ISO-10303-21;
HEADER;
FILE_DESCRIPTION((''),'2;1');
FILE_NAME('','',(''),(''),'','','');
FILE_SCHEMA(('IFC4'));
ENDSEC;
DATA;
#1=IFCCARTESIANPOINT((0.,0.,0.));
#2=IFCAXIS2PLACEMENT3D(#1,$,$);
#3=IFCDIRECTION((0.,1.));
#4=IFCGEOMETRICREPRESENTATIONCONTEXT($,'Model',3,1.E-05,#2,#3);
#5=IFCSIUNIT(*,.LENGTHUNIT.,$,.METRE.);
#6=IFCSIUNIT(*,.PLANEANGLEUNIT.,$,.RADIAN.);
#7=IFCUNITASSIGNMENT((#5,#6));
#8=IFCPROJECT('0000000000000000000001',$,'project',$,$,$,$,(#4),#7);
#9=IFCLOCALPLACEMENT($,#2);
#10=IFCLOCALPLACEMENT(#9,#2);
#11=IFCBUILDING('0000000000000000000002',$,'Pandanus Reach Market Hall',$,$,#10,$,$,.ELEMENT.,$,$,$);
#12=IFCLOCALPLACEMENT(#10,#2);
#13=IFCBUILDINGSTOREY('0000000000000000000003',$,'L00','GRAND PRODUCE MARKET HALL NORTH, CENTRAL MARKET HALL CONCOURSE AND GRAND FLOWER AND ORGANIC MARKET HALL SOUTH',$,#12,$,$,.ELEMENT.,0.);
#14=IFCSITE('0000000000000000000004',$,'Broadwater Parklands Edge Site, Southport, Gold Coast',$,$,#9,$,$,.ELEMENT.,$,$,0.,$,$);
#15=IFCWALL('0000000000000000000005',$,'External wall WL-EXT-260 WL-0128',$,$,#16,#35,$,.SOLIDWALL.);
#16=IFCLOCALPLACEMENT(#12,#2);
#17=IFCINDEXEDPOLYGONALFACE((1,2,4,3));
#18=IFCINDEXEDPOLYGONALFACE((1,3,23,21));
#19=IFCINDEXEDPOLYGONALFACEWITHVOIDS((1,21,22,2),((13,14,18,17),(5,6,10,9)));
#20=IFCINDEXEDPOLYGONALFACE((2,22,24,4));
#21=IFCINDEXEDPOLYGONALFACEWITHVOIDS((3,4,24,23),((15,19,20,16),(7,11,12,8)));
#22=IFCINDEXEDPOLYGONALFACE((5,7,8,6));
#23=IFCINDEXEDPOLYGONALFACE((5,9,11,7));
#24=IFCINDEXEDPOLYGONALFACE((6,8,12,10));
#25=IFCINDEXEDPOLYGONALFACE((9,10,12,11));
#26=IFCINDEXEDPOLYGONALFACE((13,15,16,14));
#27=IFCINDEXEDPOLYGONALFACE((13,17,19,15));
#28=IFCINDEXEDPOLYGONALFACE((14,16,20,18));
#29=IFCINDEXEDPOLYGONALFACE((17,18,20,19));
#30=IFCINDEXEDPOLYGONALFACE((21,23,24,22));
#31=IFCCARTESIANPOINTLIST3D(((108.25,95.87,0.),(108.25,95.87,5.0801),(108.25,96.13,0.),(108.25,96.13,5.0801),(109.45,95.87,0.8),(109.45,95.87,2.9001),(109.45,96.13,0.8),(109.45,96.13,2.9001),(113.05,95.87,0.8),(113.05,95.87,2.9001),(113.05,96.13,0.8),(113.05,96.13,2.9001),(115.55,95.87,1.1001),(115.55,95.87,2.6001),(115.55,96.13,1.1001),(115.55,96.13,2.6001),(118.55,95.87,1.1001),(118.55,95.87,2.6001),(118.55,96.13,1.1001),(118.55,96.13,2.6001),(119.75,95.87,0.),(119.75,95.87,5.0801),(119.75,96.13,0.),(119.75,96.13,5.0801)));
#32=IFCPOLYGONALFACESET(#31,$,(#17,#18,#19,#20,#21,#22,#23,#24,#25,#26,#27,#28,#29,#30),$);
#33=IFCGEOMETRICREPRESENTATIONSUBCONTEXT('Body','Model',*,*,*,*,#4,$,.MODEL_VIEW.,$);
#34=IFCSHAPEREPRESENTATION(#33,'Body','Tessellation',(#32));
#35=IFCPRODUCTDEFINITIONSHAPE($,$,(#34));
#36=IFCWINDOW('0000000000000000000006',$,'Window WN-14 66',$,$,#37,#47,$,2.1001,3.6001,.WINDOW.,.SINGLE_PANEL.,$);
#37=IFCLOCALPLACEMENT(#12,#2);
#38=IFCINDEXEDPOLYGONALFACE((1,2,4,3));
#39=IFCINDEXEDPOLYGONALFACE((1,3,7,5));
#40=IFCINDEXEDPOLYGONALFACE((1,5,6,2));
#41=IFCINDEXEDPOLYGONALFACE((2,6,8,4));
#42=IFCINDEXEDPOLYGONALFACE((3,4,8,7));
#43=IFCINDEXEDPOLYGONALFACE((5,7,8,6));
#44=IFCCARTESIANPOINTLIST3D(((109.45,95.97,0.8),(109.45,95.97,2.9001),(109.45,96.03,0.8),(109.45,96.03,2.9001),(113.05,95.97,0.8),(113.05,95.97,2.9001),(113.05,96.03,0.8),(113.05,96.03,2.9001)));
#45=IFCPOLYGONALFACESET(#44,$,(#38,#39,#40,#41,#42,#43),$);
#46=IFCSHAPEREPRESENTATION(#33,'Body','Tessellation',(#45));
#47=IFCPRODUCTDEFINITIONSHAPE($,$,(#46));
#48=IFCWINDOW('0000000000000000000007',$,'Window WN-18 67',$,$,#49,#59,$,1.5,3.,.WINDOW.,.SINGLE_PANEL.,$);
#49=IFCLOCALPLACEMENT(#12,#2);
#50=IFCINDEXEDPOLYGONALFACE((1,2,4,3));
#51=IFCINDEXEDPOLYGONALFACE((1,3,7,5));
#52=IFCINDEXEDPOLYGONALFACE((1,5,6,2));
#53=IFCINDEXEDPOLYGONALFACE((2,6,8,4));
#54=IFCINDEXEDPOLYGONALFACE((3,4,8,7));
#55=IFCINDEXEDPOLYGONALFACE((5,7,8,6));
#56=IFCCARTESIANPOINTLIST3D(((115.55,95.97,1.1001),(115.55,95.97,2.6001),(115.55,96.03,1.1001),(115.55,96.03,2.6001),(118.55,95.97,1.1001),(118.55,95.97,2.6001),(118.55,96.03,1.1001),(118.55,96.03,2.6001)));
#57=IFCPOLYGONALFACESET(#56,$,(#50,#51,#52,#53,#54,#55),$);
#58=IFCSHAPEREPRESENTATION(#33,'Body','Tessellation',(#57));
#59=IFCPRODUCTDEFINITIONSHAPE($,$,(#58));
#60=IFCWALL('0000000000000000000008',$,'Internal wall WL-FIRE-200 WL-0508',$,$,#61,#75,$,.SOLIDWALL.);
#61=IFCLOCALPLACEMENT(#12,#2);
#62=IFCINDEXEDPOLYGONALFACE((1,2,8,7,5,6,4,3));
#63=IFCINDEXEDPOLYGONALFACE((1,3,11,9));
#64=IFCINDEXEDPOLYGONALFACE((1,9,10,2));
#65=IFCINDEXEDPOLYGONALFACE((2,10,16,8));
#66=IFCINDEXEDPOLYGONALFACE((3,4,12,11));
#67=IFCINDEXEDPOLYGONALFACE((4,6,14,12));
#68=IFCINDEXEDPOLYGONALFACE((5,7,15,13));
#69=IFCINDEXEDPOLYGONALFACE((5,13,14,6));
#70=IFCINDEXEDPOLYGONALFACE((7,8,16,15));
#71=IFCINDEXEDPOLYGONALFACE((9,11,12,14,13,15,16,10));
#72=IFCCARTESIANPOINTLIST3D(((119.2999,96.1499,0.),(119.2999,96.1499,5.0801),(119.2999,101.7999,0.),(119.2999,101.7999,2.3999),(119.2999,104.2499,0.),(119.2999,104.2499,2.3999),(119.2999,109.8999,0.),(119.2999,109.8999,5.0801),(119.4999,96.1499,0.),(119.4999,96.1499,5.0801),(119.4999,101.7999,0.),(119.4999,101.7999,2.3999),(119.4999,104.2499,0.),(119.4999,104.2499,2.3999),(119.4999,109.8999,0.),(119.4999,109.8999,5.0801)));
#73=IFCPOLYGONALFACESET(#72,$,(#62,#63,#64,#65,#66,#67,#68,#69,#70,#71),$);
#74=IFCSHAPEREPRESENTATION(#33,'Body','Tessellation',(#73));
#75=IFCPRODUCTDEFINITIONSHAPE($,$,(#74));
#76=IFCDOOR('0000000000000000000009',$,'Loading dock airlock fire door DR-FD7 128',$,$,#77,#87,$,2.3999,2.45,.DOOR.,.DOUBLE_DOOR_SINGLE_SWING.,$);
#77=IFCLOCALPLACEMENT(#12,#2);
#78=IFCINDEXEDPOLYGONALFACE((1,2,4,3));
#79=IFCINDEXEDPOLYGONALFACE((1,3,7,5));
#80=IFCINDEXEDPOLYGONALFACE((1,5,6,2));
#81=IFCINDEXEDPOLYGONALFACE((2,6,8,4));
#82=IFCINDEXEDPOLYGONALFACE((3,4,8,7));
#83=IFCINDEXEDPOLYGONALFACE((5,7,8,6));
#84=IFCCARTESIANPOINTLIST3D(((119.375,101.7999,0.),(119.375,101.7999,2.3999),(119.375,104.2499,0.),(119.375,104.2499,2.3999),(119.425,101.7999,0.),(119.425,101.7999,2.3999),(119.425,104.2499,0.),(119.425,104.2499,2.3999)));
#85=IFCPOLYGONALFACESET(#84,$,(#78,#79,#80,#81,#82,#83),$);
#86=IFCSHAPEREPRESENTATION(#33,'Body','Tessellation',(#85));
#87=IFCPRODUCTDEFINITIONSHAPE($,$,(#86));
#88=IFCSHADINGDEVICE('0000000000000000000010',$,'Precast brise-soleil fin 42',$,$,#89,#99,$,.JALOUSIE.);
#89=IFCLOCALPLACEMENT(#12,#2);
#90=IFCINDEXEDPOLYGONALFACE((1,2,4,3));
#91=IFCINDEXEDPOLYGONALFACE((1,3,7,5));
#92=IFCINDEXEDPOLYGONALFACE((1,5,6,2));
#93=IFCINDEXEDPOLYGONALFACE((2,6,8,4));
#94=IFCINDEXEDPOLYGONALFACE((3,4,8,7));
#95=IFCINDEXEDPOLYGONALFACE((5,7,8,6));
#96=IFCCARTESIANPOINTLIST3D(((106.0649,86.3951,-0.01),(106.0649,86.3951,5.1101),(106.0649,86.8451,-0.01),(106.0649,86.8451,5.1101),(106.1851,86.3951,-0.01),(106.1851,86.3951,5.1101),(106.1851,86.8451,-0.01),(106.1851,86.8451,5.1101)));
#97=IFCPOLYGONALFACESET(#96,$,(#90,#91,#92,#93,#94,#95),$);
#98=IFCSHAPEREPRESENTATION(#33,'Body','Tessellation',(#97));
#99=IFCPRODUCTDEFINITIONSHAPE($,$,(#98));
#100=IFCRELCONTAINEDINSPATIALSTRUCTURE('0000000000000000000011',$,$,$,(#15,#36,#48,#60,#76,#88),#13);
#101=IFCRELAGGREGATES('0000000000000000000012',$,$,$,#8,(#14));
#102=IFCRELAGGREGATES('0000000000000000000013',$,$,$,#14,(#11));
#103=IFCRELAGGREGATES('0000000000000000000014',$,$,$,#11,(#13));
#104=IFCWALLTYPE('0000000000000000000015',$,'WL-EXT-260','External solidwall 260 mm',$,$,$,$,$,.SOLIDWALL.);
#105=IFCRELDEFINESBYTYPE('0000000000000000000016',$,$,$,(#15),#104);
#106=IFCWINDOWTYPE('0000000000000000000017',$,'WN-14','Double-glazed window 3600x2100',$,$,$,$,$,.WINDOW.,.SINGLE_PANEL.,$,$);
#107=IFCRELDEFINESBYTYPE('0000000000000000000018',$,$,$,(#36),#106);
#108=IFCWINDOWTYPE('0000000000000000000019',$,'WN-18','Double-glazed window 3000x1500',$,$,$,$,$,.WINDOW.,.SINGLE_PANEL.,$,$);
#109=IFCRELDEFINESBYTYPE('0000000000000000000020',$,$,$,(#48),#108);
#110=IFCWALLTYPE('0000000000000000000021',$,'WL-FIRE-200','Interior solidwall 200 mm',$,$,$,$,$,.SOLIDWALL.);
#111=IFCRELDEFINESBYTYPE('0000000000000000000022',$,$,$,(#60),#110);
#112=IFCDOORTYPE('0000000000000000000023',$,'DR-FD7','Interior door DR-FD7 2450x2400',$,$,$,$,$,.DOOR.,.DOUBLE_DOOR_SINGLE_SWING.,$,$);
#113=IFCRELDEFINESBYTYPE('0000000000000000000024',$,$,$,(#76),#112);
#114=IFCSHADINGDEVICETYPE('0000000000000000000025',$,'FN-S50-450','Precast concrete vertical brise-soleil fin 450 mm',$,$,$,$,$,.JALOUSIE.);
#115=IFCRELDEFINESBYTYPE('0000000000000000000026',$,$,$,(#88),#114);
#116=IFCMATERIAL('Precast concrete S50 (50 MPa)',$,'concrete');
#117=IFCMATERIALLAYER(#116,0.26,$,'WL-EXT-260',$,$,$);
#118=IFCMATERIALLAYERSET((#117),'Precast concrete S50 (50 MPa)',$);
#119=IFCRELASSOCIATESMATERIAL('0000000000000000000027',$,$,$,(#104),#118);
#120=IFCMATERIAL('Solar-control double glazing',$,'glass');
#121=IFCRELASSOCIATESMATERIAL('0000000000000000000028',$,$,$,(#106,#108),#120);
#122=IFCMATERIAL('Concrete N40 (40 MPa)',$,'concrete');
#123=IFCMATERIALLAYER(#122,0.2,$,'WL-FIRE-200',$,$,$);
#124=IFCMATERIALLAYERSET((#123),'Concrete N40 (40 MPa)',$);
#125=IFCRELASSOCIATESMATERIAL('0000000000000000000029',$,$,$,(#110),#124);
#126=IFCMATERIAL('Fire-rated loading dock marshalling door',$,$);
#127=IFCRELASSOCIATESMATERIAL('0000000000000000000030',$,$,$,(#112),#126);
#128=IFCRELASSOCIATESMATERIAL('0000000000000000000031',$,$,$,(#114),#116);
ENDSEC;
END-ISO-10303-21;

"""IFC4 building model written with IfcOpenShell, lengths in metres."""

from ifc_helpers import new_model, si_unit, direction, frame, frame_2d, origin, origin_2d, place, context, subcontext, project, spatial, rectangle, extrude, material, layer, layer_set, type_object, element, fill, save


model = new_model("IFC4")

# Units and contexts
model_context = context("Model", 3, precision=1e-05, world=origin(), true_north=direction((0.0, 1.0)))
body_context = subcontext(model_context, "Body", "Model", "MODEL_VIEW")
ifc_project = project(units=[si_unit("LENGTHUNIT", "METRE"), si_unit("PLANEANGLEUNIT", "RADIAN")], contexts=[model_context])

# Site, building, storey
site_placement = place(None, origin())
site = spatial("IfcSite", under=ifc_project, at=site_placement, Name="Broadwater Parklands Edge Site, Southport, Gold Coast", CompositionType="ELEMENT", RefElevation=0.0)
building_placement = place(site_placement, origin())
building = spatial("IfcBuilding", under=site, at=building_placement, Name="Pandanus Reach Market Hall", CompositionType="ELEMENT")
storey_placement = place(building_placement, origin())
storey = spatial("IfcBuildingStorey", under=building, at=storey_placement, Name="L00", Description="GRAND PRODUCE MARKET HALL NORTH, CENTRAL MARKET HALL CONCOURSE AND GRAND FLOWER AND ORGANIC MARKET HALL SOUTH", CompositionType="ELEMENT", Elevation=0.0)

# Shared definitions
ifc_material_1 = material(Name="Concrete N40 (40 MPa)", Category="concrete")

# Shared definitions
ifc_material_2 = material(Name="Precast concrete S50 (50 MPa)", Category="concrete")

# Wall, openings, windows
ifc_layer_1 = layer(ifc_material_2, 0.26, Name="WL-EXT-260")
ifc_layer_set_1 = layer_set([ifc_layer_1], Name="Precast concrete S50 (50 MPa)")
wall_type_1 = type_object("IfcWallType", Name="WL-EXT-260", Description="External solidwall 260 mm", PredefinedType="SOLIDWALL", material=ifc_layer_set_1)
wall_1_placement = place(storey_placement, frame((108.25, 96.0, 0.0), z_axis=(0.0, 0.0, 1.0), x_axis=(1.0, 0.0, 0.0)))
wall_1 = element("IfcWall", 1, at=wall_1_placement, inside=storey, type_object=wall_type_1, Name="External wall WL-EXT-260 WL-0128", PredefinedType="SOLIDWALL", context=body_context, shape_type="SweptSolid", body=[
    extrude(rectangle(XDim=11.5, YDim=0.26, at=frame_2d((5.75, 0.0))), origin(), (0.0, 0.0, 1.0), 5.0801),
])
opening_1_placement = place(wall_1_placement, frame((1.2, 0.0, 0.8)))
opening_1 = element("IfcOpeningElement", 2, at=opening_1_placement, cuts=wall_1, PredefinedType="OPENING", context=body_context, shape_type="SweptSolid", body=[
    extrude(rectangle(XDim=3.6001, YDim=2.1001, at=frame_2d((1.8, 1.05))), frame((0.0, 0.145, 0.0), z_axis=(0.0, -1.0, 0.0), x_axis=(1.0, 0.0, 0.0)), (0.0, 0.0, 1.0), 0.29),
])
opening_2_placement = place(wall_1_placement, frame((7.3, 0.0, 1.1001)))
opening_2 = element("IfcOpeningElement", 3, at=opening_2_placement, cuts=wall_1, PredefinedType="OPENING", context=body_context, shape_type="SweptSolid", body=[
    extrude(rectangle(XDim=3.0, YDim=1.5, at=frame_2d((1.5, 0.75))), frame((0.0, 0.145, 0.0), z_axis=(0.0, -1.0, 0.0), x_axis=(1.0, 0.0, 0.0)), (0.0, 0.0, 1.0), 0.29),
])
ifc_material_3 = material(Name="Solar-control double glazing", Category="glass")
window_type_1 = type_object("IfcWindowType", Name="WN-14", Description="Double-glazed window 3600x2100", PartitioningType="SINGLE_PANEL", PredefinedType="WINDOW", material=ifc_material_3)
window_1_placement = place(opening_1_placement, origin())
window_1 = element("IfcWindow", 4, at=window_1_placement, inside=storey, type_object=window_type_1, Name="Window WN-14 66", OverallHeight=2.1001, OverallWidth=3.6001, PartitioningType="SINGLE_PANEL", PredefinedType="WINDOW", context=body_context, shape_type="SweptSolid", body=[
    extrude(rectangle(XDim=3.6001, YDim=2.1001, at=frame_2d((1.8, 1.05))), frame((0.0, 0.03, 0.0), z_axis=(0.0, -1.0, 0.0), x_axis=(1.0, 0.0, 0.0)), (0.0, 0.0, 1.0), 0.0601),
])
fill(opening_1, window_1)
window_type_2 = type_object("IfcWindowType", Name="WN-18", Description="Double-glazed window 3000x1500", PartitioningType="SINGLE_PANEL", PredefinedType="WINDOW", material=ifc_material_3)
window_2_placement = place(opening_2_placement, origin())
window_2 = element("IfcWindow", 5, at=window_2_placement, inside=storey, type_object=window_type_2, Name="Window WN-18 67", OverallHeight=1.5, OverallWidth=3.0, PartitioningType="SINGLE_PANEL", PredefinedType="WINDOW", context=body_context, shape_type="SweptSolid", body=[
    extrude(rectangle(XDim=3.0, YDim=1.5, at=frame_2d((1.5, 0.75))), frame((0.0, 0.03, 0.0), z_axis=(0.0, -1.0, 0.0), x_axis=(1.0, 0.0, 0.0)), (0.0, 0.0, 1.0), 0.0601),
])
fill(opening_2, window_2)

# Wall, opening, door
ifc_layer_2 = layer(ifc_material_1, 0.2, Name="WL-FIRE-200")
ifc_layer_set_2 = layer_set([ifc_layer_2], Name="Concrete N40 (40 MPa)")
wall_type_2 = type_object("IfcWallType", Name="WL-FIRE-200", Description="Interior solidwall 200 mm", PredefinedType="SOLIDWALL", material=ifc_layer_set_2)
wall_2_placement = place(storey_placement, frame((119.3999, 96.1499, 0.0), z_axis=(0.0, 0.0, 1.0), x_axis=(0.0, 1.0, 0.0)))
wall_2 = element("IfcWall", 6, at=wall_2_placement, inside=storey, type_object=wall_type_2, Name="Internal wall WL-FIRE-200 WL-0508", PredefinedType="SOLIDWALL", context=body_context, shape_type="SweptSolid", body=[
    extrude(rectangle(XDim=13.75, YDim=0.2, at=frame_2d((6.875, 0.0))), origin(), (0.0, 0.0, 1.0), 5.0801),
])
opening_3_placement = place(wall_2_placement, frame((5.6499, 0.0, 0.0)))
opening_3 = element("IfcOpeningElement", 7, at=opening_3_placement, cuts=wall_2, PredefinedType="OPENING", context=body_context, shape_type="SweptSolid", body=[
    extrude(rectangle(XDim=2.45, YDim=2.3999, at=frame_2d((1.2251, 1.2))), frame((0.0, 0.115, 0.0), z_axis=(0.0, -1.0, 0.0), x_axis=(1.0, 0.0, 0.0)), (0.0, 0.0, 1.0), 0.23),
])
ifc_material_4 = material(Name="Fire-rated loading dock marshalling door")
door_type = type_object("IfcDoorType", Name="DR-FD7", Description="Interior door DR-FD7 2450x2400", OperationType="DOUBLE_DOOR_SINGLE_SWING", PredefinedType="DOOR", material=ifc_material_4)
door_placement = place(opening_3_placement, origin())
door = element("IfcDoor", 8, at=door_placement, inside=storey, type_object=door_type, Name="Loading dock airlock fire door DR-FD7 128", OperationType="DOUBLE_DOOR_SINGLE_SWING", OverallHeight=2.3999, OverallWidth=2.45, PredefinedType="DOOR", context=body_context, shape_type="SweptSolid", body=[
    extrude(rectangle(XDim=2.45, YDim=2.3999, at=frame_2d((1.2251, 1.2))), frame((0.0, 0.0249, 0.0), z_axis=(0.0, -1.0, 0.0), x_axis=(1.0, 0.0, 0.0)), (0.0, 0.0, 1.0), 0.05),
])
fill(opening_3, door)

# Shading device
shading_device_type = type_object("IfcShadingDeviceType", Name="FN-S50-450", Description="Precast concrete vertical brise-soleil fin 450 mm", PredefinedType="JALOUSIE", material=ifc_material_2)
shading_device_placement = place(storey_placement, frame((106.125, 86.6201, -0.01), z_axis=(0.0, 0.0, 1.0), x_axis=(0.0, 1.0, 0.0)))
element("IfcShadingDevice", 9, at=shading_device_placement, inside=storey, type_object=shading_device_type, Name="Precast brise-soleil fin 42", PredefinedType="JALOUSIE", context=body_context, shape_type="SweptSolid", body=[
    extrude(rectangle(XDim=0.45, YDim=0.1201, at=origin_2d()), origin(), (0.0, 0.0, 1.0), 5.1201),
])

save(model, "model.ifc")
